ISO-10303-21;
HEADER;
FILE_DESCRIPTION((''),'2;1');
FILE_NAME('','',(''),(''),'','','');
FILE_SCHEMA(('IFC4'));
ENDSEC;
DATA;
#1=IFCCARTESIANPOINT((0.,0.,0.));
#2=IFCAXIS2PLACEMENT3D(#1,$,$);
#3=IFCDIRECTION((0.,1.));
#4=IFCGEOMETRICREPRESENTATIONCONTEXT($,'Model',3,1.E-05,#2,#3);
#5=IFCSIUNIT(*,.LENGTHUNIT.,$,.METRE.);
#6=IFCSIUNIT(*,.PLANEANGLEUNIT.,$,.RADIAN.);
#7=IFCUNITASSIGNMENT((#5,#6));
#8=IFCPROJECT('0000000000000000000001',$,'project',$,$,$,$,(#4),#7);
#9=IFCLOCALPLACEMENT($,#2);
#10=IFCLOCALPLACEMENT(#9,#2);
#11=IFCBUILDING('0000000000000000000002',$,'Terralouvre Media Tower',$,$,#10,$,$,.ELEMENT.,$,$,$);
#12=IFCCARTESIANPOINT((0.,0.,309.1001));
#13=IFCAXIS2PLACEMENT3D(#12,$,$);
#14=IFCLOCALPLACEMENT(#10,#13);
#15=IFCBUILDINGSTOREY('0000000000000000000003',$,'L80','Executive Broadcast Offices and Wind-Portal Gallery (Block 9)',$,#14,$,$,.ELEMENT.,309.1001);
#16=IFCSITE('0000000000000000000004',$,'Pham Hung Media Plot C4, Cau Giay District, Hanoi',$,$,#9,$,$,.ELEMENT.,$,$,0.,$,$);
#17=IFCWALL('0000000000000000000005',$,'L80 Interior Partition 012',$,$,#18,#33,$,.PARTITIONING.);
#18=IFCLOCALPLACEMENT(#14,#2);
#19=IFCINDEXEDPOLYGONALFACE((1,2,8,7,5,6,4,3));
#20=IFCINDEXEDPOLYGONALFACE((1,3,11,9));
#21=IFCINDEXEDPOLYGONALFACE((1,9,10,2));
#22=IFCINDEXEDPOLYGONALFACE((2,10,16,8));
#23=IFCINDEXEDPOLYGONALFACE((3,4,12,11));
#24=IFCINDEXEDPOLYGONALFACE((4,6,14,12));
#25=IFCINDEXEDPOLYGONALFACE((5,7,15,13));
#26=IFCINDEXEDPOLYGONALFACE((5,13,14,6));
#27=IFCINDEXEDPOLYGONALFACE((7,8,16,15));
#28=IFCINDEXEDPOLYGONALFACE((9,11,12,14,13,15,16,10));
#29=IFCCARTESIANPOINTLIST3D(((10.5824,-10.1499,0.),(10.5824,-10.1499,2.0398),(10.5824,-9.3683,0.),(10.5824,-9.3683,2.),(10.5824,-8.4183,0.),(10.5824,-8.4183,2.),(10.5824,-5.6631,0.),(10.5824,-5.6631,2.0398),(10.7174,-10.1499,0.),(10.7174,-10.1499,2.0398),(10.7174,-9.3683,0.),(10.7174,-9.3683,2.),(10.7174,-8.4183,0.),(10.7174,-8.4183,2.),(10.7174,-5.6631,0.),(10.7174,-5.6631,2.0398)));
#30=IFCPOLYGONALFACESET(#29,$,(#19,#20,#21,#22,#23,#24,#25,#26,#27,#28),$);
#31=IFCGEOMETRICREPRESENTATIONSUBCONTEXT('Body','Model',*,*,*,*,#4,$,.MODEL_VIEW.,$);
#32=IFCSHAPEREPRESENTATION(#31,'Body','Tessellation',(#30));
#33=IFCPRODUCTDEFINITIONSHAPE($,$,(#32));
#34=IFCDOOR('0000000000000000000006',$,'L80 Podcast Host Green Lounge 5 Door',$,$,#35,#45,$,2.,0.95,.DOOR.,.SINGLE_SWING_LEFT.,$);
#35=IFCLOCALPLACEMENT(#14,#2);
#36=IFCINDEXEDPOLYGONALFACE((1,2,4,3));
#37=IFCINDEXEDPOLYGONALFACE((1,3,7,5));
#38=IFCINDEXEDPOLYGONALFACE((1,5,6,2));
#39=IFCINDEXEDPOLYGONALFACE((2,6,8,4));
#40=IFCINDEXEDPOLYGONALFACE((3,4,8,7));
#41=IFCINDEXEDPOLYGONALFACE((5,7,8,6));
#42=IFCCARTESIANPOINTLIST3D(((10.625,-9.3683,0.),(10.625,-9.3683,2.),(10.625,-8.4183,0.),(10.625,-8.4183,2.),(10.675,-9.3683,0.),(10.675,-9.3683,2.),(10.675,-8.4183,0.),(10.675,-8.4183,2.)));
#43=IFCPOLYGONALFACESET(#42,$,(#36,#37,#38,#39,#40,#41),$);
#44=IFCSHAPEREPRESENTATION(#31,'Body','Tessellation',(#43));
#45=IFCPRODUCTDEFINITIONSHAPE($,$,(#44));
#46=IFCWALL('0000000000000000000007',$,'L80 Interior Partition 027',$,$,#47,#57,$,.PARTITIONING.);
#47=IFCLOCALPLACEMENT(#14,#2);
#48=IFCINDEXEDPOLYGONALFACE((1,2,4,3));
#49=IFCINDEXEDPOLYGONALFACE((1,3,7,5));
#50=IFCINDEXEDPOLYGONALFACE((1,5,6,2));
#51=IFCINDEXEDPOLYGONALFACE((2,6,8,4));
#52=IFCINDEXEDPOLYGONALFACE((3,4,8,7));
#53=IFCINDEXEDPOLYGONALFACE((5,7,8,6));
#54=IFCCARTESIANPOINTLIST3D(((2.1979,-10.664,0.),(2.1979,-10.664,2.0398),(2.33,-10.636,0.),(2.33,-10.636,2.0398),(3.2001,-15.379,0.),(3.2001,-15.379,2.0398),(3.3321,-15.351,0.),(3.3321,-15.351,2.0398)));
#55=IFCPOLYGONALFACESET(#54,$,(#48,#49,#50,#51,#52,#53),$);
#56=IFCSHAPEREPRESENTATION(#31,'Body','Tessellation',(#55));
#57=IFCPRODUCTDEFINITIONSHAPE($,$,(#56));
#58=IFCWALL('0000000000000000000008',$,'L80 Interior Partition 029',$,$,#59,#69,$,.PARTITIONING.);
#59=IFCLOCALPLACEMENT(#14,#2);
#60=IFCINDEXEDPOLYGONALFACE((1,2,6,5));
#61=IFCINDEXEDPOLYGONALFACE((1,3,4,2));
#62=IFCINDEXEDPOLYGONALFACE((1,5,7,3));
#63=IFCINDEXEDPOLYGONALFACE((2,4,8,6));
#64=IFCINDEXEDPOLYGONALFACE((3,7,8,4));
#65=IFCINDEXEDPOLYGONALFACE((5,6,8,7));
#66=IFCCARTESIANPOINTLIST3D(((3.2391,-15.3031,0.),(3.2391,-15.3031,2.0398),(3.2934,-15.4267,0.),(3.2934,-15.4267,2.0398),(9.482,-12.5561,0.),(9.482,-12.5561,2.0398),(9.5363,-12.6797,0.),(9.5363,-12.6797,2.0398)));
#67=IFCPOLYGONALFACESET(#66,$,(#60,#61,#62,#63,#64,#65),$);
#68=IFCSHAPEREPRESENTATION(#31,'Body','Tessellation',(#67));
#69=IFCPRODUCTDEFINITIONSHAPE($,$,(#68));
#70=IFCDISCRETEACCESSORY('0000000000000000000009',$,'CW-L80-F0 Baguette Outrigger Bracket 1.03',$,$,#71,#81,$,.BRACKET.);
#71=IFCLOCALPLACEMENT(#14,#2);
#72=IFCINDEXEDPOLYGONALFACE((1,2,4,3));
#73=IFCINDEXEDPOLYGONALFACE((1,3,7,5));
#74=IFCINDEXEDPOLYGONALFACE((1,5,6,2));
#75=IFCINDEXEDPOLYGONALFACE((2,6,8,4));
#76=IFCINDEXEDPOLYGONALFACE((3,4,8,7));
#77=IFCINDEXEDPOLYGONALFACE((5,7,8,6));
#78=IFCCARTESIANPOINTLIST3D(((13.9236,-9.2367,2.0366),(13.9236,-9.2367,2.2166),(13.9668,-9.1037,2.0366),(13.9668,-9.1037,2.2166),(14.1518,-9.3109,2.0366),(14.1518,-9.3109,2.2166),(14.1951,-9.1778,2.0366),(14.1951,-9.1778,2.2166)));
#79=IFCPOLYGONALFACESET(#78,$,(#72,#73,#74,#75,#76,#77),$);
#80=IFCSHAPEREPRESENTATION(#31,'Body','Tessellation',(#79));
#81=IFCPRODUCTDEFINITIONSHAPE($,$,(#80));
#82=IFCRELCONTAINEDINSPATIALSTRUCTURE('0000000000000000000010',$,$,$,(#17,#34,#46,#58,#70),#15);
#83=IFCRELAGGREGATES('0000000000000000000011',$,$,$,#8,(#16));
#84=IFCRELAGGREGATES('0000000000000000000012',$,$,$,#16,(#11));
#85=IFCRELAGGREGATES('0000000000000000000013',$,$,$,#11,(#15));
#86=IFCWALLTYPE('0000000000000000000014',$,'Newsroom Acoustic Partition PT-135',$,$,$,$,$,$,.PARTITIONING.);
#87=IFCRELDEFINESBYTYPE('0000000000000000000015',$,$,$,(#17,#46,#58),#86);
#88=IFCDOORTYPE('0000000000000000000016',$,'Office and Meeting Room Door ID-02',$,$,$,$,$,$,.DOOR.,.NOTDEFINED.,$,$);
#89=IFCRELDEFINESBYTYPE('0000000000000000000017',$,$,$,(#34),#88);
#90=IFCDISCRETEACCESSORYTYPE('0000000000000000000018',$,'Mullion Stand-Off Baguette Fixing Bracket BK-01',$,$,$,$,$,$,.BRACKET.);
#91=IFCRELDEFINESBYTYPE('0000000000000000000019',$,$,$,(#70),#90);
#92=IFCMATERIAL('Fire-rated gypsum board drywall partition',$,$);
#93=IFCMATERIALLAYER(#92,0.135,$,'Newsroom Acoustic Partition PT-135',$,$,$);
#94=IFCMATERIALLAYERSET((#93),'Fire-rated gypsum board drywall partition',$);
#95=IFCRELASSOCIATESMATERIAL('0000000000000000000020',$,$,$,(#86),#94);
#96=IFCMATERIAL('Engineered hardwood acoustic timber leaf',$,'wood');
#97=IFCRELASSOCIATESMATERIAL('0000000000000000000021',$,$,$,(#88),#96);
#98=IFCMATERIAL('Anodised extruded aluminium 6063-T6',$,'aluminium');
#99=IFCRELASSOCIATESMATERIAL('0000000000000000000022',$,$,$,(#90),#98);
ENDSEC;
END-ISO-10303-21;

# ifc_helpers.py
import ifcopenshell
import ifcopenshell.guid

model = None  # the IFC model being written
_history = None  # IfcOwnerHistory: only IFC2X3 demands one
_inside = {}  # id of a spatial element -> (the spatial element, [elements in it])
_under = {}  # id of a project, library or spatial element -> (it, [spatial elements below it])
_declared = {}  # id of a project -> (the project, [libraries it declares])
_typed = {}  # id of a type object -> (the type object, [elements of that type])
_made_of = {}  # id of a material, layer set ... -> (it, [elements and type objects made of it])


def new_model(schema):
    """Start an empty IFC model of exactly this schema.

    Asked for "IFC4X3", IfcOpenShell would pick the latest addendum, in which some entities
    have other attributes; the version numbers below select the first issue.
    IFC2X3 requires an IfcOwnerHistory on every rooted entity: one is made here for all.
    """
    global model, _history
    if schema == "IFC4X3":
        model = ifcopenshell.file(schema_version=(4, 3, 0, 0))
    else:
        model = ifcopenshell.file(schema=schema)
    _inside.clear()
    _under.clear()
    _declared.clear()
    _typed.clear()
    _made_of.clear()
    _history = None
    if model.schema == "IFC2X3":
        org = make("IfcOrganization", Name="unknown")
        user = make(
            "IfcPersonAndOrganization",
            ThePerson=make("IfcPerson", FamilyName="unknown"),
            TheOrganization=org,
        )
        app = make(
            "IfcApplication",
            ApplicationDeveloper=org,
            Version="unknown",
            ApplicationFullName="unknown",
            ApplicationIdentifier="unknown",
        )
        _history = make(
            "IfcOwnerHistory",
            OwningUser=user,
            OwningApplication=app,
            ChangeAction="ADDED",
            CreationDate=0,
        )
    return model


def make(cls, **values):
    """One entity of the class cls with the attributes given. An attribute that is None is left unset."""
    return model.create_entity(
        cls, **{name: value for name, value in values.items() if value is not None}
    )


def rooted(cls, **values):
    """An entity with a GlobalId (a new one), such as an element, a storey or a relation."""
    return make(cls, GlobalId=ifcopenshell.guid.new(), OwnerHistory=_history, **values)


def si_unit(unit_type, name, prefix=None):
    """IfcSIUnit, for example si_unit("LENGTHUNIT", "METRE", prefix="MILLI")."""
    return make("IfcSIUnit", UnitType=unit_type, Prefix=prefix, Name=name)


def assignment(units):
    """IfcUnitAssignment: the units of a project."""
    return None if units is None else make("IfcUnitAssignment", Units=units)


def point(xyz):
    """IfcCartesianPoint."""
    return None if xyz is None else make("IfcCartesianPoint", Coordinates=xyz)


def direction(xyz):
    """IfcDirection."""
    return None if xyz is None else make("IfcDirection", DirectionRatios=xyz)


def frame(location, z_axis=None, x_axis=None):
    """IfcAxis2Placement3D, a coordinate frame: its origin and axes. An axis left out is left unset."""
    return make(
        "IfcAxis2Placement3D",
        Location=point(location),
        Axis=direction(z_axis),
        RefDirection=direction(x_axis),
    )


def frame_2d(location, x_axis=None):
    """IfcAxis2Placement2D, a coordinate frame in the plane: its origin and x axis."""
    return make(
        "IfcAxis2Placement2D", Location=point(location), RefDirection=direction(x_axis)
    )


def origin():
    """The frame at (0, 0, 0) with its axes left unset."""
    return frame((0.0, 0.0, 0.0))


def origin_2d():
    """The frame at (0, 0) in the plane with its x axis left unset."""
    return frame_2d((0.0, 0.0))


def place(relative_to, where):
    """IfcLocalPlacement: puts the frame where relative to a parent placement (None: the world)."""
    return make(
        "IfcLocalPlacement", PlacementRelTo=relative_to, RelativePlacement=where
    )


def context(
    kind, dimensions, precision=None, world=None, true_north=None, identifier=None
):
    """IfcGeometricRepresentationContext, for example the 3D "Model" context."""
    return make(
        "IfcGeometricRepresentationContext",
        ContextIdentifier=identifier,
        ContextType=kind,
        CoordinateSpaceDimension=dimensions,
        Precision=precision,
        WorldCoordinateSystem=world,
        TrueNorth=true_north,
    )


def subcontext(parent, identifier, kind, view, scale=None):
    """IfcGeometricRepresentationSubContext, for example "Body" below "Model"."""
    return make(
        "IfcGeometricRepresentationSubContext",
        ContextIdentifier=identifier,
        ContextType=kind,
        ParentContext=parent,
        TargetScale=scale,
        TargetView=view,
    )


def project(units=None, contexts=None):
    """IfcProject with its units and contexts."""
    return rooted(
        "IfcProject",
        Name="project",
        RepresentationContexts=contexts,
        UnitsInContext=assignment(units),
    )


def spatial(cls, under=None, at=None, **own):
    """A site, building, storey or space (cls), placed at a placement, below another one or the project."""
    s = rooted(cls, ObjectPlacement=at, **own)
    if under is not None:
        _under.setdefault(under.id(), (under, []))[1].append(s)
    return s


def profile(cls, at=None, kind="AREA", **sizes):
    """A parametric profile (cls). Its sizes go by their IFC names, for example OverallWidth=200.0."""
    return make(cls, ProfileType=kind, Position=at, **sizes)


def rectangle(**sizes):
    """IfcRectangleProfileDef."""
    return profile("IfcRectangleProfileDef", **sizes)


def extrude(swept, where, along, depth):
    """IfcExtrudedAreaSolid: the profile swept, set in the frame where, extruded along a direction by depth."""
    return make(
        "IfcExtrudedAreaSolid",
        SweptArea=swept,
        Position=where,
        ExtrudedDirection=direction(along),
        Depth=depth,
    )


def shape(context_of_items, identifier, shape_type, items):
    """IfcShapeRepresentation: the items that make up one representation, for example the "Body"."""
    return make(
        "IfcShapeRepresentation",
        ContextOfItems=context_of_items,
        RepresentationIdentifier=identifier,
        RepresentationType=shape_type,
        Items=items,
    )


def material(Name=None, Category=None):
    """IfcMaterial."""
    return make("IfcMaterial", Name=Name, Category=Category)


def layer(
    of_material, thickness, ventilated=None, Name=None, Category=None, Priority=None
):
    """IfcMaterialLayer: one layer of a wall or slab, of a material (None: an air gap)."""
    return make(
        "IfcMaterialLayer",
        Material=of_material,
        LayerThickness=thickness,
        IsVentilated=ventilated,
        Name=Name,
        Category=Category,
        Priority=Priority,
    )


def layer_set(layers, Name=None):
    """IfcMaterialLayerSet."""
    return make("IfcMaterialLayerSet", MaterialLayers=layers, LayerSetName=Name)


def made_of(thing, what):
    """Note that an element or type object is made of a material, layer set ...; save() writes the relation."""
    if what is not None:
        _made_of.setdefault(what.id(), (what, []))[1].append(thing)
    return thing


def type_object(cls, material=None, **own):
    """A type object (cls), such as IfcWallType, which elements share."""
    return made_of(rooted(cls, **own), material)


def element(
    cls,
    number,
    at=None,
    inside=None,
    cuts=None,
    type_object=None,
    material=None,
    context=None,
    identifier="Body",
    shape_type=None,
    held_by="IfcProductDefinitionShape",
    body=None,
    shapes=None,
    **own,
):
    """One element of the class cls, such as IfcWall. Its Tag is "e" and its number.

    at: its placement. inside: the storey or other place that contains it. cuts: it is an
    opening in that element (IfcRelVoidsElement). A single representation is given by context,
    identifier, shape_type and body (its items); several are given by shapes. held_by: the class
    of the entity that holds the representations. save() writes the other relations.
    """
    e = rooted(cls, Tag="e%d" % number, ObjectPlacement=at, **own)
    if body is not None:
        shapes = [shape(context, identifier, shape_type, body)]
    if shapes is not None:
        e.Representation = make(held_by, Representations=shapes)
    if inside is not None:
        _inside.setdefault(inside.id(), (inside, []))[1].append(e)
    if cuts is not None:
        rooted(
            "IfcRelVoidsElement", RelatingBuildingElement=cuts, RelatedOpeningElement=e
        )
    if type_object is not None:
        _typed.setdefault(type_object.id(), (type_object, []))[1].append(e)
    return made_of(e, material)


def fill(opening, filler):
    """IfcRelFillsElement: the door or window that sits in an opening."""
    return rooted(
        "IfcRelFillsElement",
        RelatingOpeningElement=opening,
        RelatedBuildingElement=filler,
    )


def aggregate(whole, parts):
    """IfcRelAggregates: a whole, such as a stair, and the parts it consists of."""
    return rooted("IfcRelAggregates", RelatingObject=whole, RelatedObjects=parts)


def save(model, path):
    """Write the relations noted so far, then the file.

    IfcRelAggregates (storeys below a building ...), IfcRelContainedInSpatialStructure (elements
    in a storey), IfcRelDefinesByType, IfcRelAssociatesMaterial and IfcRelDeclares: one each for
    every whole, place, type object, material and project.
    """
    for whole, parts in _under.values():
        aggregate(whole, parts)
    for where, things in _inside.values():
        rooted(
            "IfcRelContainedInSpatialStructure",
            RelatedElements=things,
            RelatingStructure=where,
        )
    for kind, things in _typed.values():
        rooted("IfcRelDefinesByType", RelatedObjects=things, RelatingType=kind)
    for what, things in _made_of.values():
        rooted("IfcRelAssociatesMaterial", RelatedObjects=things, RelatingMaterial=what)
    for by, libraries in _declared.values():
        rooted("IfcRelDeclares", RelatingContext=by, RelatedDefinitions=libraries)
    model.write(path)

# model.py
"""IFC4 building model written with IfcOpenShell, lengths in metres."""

from ifc_helpers import new_model, si_unit, direction, frame, frame_2d, origin, origin_2d, place, context, subcontext, project, spatial, rectangle, extrude, material, layer, layer_set, type_object, element, fill, save


model = new_model("IFC4")

# Units and contexts
model_context = context("Model", 3, precision=1e-05, world=origin(), true_north=direction((0.0, 1.0)))
body_context = subcontext(model_context, "Body", "Model", "MODEL_VIEW")
ifc_project = project(units=[si_unit("LENGTHUNIT", "METRE"), si_unit("PLANEANGLEUNIT", "RADIAN")], contexts=[model_context])

# Site, building, storey
site_placement = place(None, origin())
site = spatial("IfcSite", under=ifc_project, at=site_placement, Name="Pham Hung Media Plot C4, Cau Giay District, Hanoi", CompositionType="ELEMENT", RefElevation=0.0)
building_placement = place(site_placement, origin())
building = spatial("IfcBuilding", under=site, at=building_placement, Name="Terralouvre Media Tower", CompositionType="ELEMENT")
storey_placement = place(building_placement, frame((0.0, 0.0, 309.1001)))
storey = spatial("IfcBuildingStorey", under=building, at=storey_placement, Name="L80", Description="Executive Broadcast Offices and Wind-Portal Gallery (Block 9)", CompositionType="ELEMENT", Elevation=309.1001)

# Shared definitions
ifc_material_1 = material(Name="Fire-rated gypsum board drywall partition")
ifc_layer_1 = layer(ifc_material_1, 0.135, Name="Newsroom Acoustic Partition PT-135")
ifc_layer_set_1 = layer_set([ifc_layer_1], Name="Fire-rated gypsum board drywall partition")
wall_type = type_object("IfcWallType", Name="Newsroom Acoustic Partition PT-135", PredefinedType="PARTITIONING", material=ifc_layer_set_1)

# Wall, opening, door
wall_1_placement = place(storey_placement, frame((10.6499, -10.1499, 0.0), z_axis=(0.0, 0.0, 1.0), x_axis=(0.0, 1.0, 0.0)))
wall_1 = element("IfcWall", 1, at=wall_1_placement, inside=storey, type_object=wall_type, Name="L80 Interior Partition 012", PredefinedType="PARTITIONING", context=body_context, shape_type="SweptSolid", body=[
    extrude(rectangle(XDim=4.4868, YDim=0.135, at=frame_2d((2.2434, 0.0))), origin(), (0.0, 0.0, 1.0), 2.0398),
])
opening_placement = place(wall_1_placement, frame((0.7815, 0.0, 0.0)))
opening = element("IfcOpeningElement", 2, at=opening_placement, cuts=wall_1, PredefinedType="OPENING", context=body_context, shape_type="SweptSolid", body=[
    extrude(rectangle(XDim=0.95, YDim=2.0, at=frame_2d((0.4751, 1.0))), frame((0.0, 0.0774, 0.0), z_axis=(0.0, -1.0, 0.0), x_axis=(1.0, 0.0, 0.0)), (0.0, 0.0, 1.0), 0.155),
])
ifc_material_2 = material(Name="Engineered hardwood acoustic timber leaf", Category="wood")
door_type = type_object("IfcDoorType", Name="Office and Meeting Room Door ID-02", OperationType="NOTDEFINED", PredefinedType="DOOR", material=ifc_material_2)
door_placement = place(opening_placement, origin())
door = element("IfcDoor", 3, at=door_placement, inside=storey, type_object=door_type, Name="L80 Podcast Host Green Lounge 5 Door", OperationType="SINGLE_SWING_LEFT", OverallHeight=2.0, OverallWidth=0.95, PredefinedType="DOOR", context=body_context, shape_type="SweptSolid", body=[
    extrude(rectangle(XDim=0.95, YDim=2.0, at=frame_2d((0.4751, 1.0))), frame((0.0, 0.0249, 0.0), z_axis=(0.0, -1.0, 0.0), x_axis=(1.0, 0.0, 0.0)), (0.0, 0.0, 1.0), 0.05),
])
fill(opening, door)

# Walls
wall_2_placement = place(storey_placement, frame((3.2661, -15.365, 0.0), z_axis=(0.0, 0.0, 1.0), x_axis=(-0.207907, 0.978149, 0.0)))
element("IfcWall", 4, at=wall_2_placement, inside=storey, type_object=wall_type, Name="L80 Interior Partition 027", PredefinedType="PARTITIONING", context=body_context, shape_type="SweptSolid", body=[
    extrude(rectangle(XDim=4.8203, YDim=0.135, at=frame_2d((2.4102, 0.0))), origin(), (0.0, 0.0, 1.0), 2.0398),
])
wall_3_placement = place(storey_placement, frame((9.509, -12.6179, 0.0), z_axis=(0.0, 0.0, 1.0), x_axis=(-0.915305, -0.402761, 0.0)))
element("IfcWall", 5, at=wall_3_placement, inside=storey, type_object=wall_type, Name="L80 Interior Partition 029", PredefinedType="PARTITIONING", context=body_context, shape_type="SweptSolid", body=[
    extrude(rectangle(XDim=6.8206, YDim=0.135, at=frame_2d((3.4102, 0.0))), origin(), (0.0, 0.0, 1.0), 2.0398),
])

# Discrete accessory
ifc_material_3 = material(Name="Anodised extruded aluminium 6063-T6", Category="aluminium")
discrete_accessory_type = type_object("IfcDiscreteAccessoryType", Name="Mullion Stand-Off Baguette Fixing Bracket BK-01", PredefinedType="BRACKET", material=ifc_material_3)
discrete_accessory_placement = place(storey_placement, frame((14.0593, -9.2073, 2.0366), z_axis=(0.0, 0.0, 1.0), x_axis=(0.309017, 0.951057, 0.0)))
element("IfcDiscreteAccessory", 6, at=discrete_accessory_placement, inside=storey, type_object=discrete_accessory_type, Name="CW-L80-F0 Baguette Outrigger Bracket 1.03", PredefinedType="BRACKET", context=body_context, shape_type="SweptSolid", body=[
    extrude(rectangle(XDim=0.1399, YDim=0.24, at=origin_2d()), origin(), (0.0, 0.0, 1.0), 0.1799),
])

save(model, "model.ifc")
